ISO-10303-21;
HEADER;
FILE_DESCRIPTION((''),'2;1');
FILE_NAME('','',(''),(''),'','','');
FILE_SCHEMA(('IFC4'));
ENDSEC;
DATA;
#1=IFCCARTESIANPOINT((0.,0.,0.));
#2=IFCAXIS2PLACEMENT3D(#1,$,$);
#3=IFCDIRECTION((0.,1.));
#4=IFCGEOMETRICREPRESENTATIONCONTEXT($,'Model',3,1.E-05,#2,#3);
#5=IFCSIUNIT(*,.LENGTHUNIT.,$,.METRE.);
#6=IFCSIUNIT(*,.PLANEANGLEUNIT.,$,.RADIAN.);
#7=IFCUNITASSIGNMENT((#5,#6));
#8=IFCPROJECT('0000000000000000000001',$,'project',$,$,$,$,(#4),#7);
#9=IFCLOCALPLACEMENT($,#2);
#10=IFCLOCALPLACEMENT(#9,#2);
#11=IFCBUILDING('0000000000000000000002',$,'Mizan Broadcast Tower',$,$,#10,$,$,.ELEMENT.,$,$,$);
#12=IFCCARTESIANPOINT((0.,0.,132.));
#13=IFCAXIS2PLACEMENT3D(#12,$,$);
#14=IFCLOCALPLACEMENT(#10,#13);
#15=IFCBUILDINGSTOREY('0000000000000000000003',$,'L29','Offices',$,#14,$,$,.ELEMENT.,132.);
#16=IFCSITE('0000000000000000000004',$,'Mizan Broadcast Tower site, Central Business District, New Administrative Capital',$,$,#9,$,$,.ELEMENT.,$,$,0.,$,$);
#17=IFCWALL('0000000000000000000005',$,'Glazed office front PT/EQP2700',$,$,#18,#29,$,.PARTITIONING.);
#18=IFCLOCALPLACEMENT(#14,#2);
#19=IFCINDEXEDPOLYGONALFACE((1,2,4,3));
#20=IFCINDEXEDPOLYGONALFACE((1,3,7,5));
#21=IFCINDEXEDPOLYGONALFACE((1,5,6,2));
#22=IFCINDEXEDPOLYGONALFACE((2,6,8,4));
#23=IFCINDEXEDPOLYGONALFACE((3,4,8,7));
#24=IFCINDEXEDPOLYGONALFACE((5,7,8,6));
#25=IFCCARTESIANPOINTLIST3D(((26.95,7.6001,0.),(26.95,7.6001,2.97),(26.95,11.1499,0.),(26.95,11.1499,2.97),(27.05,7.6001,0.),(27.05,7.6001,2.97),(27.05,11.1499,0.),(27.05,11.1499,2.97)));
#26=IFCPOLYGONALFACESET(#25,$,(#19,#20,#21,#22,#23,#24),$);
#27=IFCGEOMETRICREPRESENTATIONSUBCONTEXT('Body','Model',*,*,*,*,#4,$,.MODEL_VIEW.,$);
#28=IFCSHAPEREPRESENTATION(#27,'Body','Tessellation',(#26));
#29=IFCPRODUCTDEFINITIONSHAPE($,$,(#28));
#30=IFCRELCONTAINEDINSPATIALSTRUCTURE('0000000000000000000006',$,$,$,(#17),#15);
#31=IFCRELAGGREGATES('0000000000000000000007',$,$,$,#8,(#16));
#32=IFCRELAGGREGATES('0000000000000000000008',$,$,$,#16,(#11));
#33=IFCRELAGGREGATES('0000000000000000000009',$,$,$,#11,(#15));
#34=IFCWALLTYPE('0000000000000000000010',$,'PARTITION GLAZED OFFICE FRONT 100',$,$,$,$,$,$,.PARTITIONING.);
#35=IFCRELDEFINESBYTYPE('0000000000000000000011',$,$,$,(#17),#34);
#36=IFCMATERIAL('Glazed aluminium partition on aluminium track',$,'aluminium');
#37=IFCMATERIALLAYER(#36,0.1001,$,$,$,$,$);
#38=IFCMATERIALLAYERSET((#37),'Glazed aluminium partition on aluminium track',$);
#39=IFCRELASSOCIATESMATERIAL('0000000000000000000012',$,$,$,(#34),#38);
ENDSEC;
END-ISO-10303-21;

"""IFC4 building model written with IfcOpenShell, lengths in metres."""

from ifc_helpers import new_model, si_unit, direction, frame, frame_2d, origin, place, context, subcontext, project, spatial, rectangle, extrude, material, layer, layer_set, type_object, element, save


model = new_model("IFC4")

# Units and contexts
model_context = context("Model", 3, precision=1e-05, world=origin(), true_north=direction((0.0, 1.0)))
body_context = subcontext(model_context, "Body", "Model", "MODEL_VIEW")
ifc_project = project(units=[si_unit("LENGTHUNIT", "METRE"), si_unit("PLANEANGLEUNIT", "RADIAN")], contexts=[model_context])

# Site, building, storey
site_placement = place(None, origin())
site = spatial("IfcSite", under=ifc_project, at=site_placement, Name="Mizan Broadcast Tower site, Central Business District, New Administrative Capital", CompositionType="ELEMENT", RefElevation=0.0)
building_placement = place(site_placement, origin())
building = spatial("IfcBuilding", under=site, at=building_placement, Name="Mizan Broadcast Tower", CompositionType="ELEMENT")
storey_placement = place(building_placement, frame((0.0, 0.0, 132.0)))
storey = spatial("IfcBuildingStorey", under=building, at=storey_placement, Name="L29", Description="Offices", CompositionType="ELEMENT", Elevation=132.0)

# Shared definitions
ifc_material_1 = material(Name="Glazed aluminium partition on aluminium track", Category="aluminium")
ifc_layer_1 = layer(ifc_material_1, 0.1001)
ifc_layer_set_1 = layer_set([ifc_layer_1], Name="Glazed aluminium partition on aluminium track")
wall_type_1 = type_object("IfcWallType", Name="PARTITION GLAZED OFFICE FRONT 100", PredefinedType="PARTITIONING", material=ifc_layer_set_1)

# Wall
wall_1_placement = place(storey_placement, frame((27.0, 7.6001, 0.0), z_axis=(0.0, 0.0, 1.0), x_axis=(0.0, 1.0, 0.0)))
element("IfcWall", 1, at=wall_1_placement, inside=storey, type_object=wall_type_1, Name="Glazed office front PT/EQP2700", PredefinedType="PARTITIONING", context=body_context, shape_type="SweptSolid", body=[
    extrude(rectangle(XDim=3.5498, YDim=0.1001, at=frame_2d((1.7749, 0.0))), origin(), (0.0, 0.0, 1.0), 2.97),
])

save(model, "model.ifc")
